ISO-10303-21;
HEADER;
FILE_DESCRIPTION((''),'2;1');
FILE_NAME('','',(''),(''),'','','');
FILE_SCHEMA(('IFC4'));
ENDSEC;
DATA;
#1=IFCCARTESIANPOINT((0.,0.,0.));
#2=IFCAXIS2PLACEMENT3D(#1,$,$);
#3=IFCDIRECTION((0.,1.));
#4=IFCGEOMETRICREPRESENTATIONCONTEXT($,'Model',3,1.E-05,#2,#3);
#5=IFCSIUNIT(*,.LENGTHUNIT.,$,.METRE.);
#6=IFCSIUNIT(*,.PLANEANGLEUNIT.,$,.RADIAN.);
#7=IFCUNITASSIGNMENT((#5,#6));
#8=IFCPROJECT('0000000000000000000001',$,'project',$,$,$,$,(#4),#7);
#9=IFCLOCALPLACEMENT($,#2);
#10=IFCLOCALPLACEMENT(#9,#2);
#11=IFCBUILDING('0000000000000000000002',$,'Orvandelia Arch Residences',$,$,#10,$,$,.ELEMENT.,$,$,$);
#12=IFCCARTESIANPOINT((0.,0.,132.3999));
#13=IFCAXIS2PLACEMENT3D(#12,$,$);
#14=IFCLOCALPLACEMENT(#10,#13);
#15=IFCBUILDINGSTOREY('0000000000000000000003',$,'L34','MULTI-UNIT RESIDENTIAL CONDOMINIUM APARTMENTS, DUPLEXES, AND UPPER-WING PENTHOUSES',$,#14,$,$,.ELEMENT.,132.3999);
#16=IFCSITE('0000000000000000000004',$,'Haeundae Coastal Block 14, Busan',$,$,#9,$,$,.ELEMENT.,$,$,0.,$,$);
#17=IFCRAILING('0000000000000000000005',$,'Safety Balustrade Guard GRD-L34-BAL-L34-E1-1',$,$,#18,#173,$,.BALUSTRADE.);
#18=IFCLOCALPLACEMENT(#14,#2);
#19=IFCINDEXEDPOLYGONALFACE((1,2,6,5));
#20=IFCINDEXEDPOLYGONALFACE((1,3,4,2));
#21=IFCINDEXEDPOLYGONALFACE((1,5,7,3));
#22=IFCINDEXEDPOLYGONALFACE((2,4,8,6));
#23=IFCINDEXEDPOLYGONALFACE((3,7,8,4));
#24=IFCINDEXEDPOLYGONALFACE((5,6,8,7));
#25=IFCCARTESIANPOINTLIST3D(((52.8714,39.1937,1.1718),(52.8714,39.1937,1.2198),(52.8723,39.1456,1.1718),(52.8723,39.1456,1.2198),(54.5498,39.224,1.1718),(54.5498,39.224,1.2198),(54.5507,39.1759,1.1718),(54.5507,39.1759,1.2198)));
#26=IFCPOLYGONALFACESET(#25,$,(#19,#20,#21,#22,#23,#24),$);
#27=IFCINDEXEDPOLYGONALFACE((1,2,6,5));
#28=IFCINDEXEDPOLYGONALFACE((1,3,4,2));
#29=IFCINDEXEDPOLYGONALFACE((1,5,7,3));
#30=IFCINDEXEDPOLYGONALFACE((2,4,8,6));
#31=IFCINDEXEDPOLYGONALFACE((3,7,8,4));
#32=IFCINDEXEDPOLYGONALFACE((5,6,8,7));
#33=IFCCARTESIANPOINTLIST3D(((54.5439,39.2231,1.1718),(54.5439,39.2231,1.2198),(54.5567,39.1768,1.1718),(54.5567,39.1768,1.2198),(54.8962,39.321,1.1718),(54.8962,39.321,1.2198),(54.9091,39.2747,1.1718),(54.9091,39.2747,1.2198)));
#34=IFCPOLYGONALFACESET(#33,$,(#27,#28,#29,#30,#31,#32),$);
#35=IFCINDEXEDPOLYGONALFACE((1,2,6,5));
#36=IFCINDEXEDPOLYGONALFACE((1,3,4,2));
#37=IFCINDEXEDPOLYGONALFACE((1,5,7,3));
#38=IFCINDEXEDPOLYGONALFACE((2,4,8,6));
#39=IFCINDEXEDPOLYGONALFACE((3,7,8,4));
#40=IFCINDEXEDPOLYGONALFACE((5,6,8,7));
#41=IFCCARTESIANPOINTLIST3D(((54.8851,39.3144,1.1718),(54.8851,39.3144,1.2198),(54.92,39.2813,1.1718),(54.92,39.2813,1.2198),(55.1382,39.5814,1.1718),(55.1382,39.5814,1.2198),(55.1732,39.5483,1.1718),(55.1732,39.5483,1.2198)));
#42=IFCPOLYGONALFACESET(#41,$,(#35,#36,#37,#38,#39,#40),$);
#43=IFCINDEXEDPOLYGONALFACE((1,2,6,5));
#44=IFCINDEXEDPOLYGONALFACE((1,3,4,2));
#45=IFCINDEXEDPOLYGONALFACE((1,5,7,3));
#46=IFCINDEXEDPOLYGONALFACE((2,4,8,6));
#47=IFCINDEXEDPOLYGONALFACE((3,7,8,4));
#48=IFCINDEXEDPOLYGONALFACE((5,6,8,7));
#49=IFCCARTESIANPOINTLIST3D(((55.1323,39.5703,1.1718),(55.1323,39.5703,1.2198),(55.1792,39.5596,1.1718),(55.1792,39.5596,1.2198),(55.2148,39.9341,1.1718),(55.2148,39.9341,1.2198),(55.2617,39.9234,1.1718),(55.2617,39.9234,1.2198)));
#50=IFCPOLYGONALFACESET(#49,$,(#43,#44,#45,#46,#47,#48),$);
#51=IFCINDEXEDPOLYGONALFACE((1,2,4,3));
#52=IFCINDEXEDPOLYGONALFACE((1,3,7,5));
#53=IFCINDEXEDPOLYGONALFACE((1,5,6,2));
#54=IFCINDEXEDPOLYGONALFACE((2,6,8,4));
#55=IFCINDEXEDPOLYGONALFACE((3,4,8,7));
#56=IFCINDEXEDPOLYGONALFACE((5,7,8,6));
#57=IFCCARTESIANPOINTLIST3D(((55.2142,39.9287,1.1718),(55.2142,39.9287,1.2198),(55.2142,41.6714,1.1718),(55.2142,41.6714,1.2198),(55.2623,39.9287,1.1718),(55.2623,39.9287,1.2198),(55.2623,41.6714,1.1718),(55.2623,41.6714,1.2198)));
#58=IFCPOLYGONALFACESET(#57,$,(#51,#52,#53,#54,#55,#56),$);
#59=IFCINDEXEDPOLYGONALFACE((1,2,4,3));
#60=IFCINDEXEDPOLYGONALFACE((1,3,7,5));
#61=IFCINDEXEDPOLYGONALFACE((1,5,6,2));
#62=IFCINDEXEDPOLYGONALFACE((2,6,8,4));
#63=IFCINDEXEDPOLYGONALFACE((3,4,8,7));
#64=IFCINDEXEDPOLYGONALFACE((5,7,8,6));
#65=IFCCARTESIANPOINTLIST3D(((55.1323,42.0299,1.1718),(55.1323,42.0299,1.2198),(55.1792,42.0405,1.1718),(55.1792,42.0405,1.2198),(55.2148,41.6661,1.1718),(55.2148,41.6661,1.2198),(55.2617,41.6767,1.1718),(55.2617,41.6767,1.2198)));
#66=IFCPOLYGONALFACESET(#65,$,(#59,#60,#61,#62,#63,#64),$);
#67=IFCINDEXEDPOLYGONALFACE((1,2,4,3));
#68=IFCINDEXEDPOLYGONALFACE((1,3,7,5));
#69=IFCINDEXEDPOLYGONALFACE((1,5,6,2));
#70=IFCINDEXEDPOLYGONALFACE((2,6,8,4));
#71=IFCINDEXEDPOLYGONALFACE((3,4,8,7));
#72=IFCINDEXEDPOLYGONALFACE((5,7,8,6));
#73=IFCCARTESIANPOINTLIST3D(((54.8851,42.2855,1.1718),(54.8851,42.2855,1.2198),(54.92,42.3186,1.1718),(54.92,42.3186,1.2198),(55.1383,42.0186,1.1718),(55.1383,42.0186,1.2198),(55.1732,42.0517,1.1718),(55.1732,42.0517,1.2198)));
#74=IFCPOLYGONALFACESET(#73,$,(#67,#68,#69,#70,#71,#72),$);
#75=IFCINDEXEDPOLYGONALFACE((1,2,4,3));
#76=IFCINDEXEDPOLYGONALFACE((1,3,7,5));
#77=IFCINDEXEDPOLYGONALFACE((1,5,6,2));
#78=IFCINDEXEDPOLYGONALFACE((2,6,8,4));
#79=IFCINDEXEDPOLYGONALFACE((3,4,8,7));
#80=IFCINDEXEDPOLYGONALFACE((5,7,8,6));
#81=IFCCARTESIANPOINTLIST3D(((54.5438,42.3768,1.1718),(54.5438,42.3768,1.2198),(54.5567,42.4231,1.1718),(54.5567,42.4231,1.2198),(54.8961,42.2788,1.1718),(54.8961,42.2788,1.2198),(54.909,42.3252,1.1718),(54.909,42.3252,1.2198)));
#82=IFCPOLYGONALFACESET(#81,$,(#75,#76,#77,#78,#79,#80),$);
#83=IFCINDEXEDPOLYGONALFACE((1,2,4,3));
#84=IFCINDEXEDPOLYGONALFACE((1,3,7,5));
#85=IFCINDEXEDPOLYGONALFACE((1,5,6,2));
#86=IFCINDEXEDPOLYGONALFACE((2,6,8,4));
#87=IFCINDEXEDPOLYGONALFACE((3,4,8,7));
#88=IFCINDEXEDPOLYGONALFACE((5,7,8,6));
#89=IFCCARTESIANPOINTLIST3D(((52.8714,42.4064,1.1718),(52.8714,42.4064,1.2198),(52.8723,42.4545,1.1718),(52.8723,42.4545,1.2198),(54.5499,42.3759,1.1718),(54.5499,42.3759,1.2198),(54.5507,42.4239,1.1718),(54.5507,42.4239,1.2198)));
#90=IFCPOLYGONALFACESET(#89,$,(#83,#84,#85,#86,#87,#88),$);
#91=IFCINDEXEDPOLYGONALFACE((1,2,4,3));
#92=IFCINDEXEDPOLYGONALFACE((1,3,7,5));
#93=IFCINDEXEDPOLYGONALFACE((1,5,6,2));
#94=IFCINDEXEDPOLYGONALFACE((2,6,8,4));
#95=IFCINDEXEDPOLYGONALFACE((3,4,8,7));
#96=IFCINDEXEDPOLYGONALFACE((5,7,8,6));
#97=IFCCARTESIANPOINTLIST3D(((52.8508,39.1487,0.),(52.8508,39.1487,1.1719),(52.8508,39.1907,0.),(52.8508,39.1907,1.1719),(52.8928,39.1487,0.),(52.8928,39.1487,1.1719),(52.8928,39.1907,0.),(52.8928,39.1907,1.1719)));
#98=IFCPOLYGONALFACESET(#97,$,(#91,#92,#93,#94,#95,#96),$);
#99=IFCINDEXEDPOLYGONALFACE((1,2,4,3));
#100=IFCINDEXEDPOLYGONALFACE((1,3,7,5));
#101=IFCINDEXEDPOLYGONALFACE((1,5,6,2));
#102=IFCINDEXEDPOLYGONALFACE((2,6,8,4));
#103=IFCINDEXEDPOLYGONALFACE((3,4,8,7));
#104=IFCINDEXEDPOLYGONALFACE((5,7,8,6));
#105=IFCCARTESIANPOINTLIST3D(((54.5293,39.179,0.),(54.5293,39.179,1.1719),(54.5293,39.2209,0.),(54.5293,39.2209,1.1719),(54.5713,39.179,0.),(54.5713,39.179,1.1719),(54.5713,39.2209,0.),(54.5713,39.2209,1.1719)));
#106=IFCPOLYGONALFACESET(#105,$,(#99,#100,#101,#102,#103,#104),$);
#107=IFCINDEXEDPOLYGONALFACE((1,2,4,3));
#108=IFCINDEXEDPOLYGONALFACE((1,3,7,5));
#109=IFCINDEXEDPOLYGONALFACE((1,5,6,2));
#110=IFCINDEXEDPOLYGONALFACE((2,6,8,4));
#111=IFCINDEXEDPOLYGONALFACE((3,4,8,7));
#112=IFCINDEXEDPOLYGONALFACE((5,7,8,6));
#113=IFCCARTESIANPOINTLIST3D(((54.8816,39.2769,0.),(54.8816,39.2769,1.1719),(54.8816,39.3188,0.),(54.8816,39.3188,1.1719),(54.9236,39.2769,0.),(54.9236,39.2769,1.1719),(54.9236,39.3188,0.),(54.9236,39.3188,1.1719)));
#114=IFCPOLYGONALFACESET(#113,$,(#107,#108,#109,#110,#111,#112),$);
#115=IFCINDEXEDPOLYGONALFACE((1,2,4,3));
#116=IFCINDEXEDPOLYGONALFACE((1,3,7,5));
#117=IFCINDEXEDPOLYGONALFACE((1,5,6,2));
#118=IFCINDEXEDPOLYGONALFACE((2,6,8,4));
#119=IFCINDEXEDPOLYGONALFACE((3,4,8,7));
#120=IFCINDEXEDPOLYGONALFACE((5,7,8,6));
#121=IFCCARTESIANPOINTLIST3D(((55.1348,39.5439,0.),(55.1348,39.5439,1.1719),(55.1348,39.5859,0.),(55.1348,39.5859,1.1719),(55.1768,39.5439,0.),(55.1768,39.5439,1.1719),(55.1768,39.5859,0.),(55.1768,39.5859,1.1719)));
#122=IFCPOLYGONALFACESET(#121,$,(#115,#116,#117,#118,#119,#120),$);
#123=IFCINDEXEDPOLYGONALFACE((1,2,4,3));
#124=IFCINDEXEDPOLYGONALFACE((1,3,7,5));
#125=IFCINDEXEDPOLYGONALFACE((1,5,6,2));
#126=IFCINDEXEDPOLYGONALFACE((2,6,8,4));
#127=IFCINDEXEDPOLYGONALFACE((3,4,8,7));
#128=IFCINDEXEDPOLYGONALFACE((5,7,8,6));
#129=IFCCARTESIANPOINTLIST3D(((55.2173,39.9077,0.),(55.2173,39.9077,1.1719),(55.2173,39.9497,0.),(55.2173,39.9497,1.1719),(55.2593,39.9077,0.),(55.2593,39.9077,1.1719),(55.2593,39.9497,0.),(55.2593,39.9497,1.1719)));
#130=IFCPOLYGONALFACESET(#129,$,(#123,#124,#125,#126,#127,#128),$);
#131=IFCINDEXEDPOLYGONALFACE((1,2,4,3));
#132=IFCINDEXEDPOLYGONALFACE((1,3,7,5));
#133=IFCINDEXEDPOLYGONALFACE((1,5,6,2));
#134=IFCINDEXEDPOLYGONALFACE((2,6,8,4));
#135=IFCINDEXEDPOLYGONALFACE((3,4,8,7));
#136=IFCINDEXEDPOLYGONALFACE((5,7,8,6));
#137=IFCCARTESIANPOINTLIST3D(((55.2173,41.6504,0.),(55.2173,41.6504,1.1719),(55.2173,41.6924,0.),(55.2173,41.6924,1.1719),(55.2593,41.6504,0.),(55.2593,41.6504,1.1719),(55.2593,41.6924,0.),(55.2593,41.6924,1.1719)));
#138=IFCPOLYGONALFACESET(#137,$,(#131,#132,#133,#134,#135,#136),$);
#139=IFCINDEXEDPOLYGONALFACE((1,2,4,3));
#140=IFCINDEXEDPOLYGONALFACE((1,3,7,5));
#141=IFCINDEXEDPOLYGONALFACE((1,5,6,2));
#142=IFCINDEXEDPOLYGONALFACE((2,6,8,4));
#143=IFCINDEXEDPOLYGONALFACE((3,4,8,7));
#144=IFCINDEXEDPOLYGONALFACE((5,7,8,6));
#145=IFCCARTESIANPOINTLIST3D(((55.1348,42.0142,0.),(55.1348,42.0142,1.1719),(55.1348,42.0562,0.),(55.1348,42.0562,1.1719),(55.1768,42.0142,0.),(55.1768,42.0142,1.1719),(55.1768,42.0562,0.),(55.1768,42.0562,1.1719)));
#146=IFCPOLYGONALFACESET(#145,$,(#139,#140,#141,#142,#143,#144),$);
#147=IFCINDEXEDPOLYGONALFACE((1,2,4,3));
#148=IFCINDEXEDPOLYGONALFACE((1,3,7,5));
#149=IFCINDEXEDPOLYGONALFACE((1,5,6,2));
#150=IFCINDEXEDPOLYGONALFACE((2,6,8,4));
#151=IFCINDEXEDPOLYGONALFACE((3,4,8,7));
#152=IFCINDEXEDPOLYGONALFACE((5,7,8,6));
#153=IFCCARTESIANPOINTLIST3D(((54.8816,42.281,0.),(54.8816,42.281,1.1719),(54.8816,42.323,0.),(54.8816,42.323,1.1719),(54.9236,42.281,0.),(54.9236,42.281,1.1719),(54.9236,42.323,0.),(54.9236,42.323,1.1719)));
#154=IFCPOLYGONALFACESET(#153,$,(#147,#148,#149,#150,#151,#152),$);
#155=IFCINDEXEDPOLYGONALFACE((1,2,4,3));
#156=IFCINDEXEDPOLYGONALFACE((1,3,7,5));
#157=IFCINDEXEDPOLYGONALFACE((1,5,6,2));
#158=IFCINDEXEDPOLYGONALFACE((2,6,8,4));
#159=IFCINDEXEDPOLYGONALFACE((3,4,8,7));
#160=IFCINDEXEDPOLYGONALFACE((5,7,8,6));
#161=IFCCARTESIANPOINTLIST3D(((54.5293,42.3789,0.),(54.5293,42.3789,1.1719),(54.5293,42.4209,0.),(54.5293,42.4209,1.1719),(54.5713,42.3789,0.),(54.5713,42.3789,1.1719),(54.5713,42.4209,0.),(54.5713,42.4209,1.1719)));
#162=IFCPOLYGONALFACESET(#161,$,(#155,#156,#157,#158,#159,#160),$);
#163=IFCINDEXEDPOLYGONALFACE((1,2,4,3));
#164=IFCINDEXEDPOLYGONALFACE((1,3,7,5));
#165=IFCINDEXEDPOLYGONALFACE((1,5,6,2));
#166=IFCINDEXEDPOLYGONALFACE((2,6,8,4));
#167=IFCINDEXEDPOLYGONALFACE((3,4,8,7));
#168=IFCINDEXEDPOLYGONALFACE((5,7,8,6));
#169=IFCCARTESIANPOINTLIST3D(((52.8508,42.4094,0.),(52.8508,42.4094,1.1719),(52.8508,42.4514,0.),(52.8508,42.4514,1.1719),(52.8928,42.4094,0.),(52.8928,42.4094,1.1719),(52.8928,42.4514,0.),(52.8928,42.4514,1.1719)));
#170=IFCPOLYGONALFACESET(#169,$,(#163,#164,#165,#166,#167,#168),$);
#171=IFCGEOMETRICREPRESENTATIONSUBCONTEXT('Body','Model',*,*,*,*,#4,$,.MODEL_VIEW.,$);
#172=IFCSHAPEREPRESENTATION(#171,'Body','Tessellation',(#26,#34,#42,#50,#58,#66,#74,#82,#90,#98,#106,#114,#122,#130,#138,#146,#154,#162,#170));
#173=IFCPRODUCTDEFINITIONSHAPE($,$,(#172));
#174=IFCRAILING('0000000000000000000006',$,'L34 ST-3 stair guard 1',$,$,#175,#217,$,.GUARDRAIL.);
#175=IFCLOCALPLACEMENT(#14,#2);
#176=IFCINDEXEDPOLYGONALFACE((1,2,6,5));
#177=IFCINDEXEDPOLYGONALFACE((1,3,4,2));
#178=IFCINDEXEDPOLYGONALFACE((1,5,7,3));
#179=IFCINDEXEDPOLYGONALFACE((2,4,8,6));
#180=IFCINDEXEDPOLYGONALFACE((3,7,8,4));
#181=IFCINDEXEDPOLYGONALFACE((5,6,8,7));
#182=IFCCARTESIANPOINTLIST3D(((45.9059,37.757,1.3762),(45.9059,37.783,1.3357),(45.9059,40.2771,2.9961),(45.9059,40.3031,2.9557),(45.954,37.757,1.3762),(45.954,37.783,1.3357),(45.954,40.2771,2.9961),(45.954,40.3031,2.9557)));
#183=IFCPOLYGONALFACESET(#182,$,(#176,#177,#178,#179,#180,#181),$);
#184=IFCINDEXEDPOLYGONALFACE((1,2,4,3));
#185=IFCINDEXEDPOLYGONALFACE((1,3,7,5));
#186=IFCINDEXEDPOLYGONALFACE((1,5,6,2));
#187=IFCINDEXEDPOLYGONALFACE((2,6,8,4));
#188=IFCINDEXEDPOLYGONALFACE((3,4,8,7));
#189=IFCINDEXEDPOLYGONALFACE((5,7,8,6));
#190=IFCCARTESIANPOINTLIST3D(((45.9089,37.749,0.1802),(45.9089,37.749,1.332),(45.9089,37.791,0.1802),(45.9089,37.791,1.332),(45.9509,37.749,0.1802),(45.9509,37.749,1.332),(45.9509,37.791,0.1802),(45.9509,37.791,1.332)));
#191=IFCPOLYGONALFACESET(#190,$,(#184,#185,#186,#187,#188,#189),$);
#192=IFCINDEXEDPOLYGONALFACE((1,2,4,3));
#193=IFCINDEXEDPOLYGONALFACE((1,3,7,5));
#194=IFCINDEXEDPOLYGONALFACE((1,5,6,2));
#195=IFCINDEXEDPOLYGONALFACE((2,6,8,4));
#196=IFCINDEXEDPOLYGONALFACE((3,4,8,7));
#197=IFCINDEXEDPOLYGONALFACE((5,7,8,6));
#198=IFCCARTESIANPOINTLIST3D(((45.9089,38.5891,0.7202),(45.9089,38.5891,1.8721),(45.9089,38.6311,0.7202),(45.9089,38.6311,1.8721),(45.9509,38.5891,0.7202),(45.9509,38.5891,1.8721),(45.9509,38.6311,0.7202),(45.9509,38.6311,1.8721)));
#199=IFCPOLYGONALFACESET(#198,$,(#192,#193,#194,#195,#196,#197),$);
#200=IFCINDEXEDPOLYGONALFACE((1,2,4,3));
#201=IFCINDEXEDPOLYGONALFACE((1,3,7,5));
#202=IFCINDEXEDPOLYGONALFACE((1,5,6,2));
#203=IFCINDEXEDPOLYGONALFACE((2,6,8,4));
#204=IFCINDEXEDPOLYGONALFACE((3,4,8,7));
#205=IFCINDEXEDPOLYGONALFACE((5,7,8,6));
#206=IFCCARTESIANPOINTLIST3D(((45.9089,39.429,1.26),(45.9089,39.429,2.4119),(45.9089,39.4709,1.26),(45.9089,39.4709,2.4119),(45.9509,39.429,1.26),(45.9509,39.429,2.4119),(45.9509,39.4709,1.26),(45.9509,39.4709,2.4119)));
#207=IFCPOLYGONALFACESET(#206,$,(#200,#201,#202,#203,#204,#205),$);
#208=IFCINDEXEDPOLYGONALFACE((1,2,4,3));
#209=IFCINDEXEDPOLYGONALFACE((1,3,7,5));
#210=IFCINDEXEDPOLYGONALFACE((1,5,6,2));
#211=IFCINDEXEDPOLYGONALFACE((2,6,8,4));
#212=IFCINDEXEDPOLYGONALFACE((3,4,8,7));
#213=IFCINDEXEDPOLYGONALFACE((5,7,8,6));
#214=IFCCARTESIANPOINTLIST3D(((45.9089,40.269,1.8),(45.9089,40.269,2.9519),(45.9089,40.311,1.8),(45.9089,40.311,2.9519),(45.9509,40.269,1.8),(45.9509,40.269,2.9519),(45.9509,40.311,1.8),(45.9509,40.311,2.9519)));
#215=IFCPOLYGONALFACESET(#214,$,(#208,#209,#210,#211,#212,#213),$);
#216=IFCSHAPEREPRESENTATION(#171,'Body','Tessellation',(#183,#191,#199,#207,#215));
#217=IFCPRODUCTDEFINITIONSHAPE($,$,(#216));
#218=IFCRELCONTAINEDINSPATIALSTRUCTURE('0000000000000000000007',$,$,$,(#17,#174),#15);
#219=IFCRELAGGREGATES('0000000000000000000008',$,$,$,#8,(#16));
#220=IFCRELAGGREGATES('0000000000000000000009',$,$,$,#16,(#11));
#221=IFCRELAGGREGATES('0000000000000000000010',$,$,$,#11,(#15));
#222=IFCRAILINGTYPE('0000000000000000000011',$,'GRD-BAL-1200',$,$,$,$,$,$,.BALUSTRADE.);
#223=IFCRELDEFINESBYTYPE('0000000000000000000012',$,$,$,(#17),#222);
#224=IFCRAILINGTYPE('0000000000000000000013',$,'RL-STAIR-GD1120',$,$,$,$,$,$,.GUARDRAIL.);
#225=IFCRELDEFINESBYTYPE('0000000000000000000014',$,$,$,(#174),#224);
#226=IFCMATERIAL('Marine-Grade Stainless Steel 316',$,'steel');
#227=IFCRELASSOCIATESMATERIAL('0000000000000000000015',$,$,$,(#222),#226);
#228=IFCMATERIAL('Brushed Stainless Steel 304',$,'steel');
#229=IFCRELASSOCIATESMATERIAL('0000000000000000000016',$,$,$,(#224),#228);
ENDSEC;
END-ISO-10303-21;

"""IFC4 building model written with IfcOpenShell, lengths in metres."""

from ifc_helpers import new_model, si_unit, direction, frame, origin, origin_2d, place, context, subcontext, project, spatial, rectangle, extrude, material, type_object, element, save


model = new_model("IFC4")

# Units and contexts
model_context = context("Model", 3, precision=1e-05, world=origin(), true_north=direction((0.0, 1.0)))
body_context = subcontext(model_context, "Body", "Model", "MODEL_VIEW")
ifc_project = project(units=[si_unit("LENGTHUNIT", "METRE"), si_unit("PLANEANGLEUNIT", "RADIAN")], contexts=[model_context])

# Site, building, storey
site_placement = place(None, origin())
site = spatial("IfcSite", under=ifc_project, at=site_placement, Name="Haeundae Coastal Block 14, Busan", CompositionType="ELEMENT", RefElevation=0.0)
building_placement = place(site_placement, origin())
building = spatial("IfcBuilding", under=site, at=building_placement, Name="Orvandelia Arch Residences", CompositionType="ELEMENT")
storey_placement = place(building_placement, frame((0.0, 0.0, 132.3999)))
storey = spatial("IfcBuildingStorey", under=building, at=storey_placement, Name="L34", Description="MULTI-UNIT RESIDENTIAL CONDOMINIUM APARTMENTS, DUPLEXES, AND UPPER-WING PENTHOUSES", CompositionType="ELEMENT", Elevation=132.3999)

# Railings
ifc_material_1 = material(Name="Marine-Grade Stainless Steel 316", Category="steel")
railing_type_1 = type_object("IfcRailingType", Name="GRD-BAL-1200", PredefinedType="BALUSTRADE", material=ifc_material_1)
railing_1_placement = place(storey_placement, frame((52.8718, 39.1697, 0.0)))
element("IfcRailing", 1, at=railing_1_placement, inside=storey, type_object=railing_type_1, Name="Safety Balustrade Guard GRD-L34-BAL-L34-E1-1", PredefinedType="BALUSTRADE", context=body_context, shape_type="SweptSolid", body=[
    extrude(rectangle(XDim=0.0481, YDim=0.0481, at=origin_2d()), frame((0.0, 0.0, 1.1958), z_axis=(0.999837, 0.018033, 0.0), x_axis=(-0.018033, 0.999837, 0.0)), (0.0, 0.0, 1.0), 1.6787),
    extrude(rectangle(XDim=0.0481, YDim=0.0481, at=origin_2d()), frame((1.6785, 0.0303, 1.1958), z_axis=(0.963489, 0.267747, 0.0), x_axis=(-0.267747, 0.963489, 0.0)), (0.0, 0.0, 1.0), 0.3657),
    extrude(rectangle(XDim=0.0481, YDim=0.0481, at=origin_2d()), frame((2.0308, 0.1282, 1.1958), z_axis=(0.687947, 0.725761, 0.0), x_axis=(-0.725761, 0.687947, 0.0)), (0.0, 0.0, 1.0), 0.3679),
    extrude(rectangle(XDim=0.0481, YDim=0.0481, at=origin_2d()), frame((2.2839, 0.3953, 1.1958), z_axis=(0.221225, 0.975223, 0.0), x_axis=(-0.975223, 0.221225, 0.0)), (0.0, 0.0, 1.0), 0.373),
    extrude(rectangle(XDim=0.0481, YDim=0.0481, at=origin_2d()), frame((2.3665, 0.759, 1.1958), z_axis=(0.0, 1.0, 0.0), x_axis=(-1.0, 0.0, 0.0)), (0.0, 0.0, 1.0), 1.7427),
    extrude(rectangle(XDim=0.0481, YDim=0.0481, at=origin_2d()), frame((2.3665, 2.5017, 1.1958), z_axis=(-0.221225, 0.975223, 0.0), x_axis=(-0.975223, -0.221225, 0.0)), (0.0, 0.0, 1.0), 0.373),
    extrude(rectangle(XDim=0.0481, YDim=0.0481, at=origin_2d()), frame((2.2839, 2.8655, 1.1958), z_axis=(-0.688278, 0.725447, 0.0), x_axis=(-0.725447, -0.688278, 0.0)), (0.0, 0.0, 1.0), 0.3679),
    extrude(rectangle(XDim=0.0481, YDim=0.0481, at=origin_2d()), frame((2.0308, 3.1323, 1.1958), z_axis=(-0.963489, 0.267747, 0.0), x_axis=(-0.267747, -0.963489, 0.0)), (0.0, 0.0, 1.0), 0.3657),
    extrude(rectangle(XDim=0.0481, YDim=0.0481, at=origin_2d()), frame((1.6785, 3.2302, 1.1958), z_axis=(-0.999835, 0.018179, 0.0), x_axis=(-0.018179, -0.999835, 0.0)), (0.0, 0.0, 1.0), 1.6787),
    extrude(rectangle(XDim=0.042, YDim=0.042, at=origin_2d()), origin(), (0.0, 0.0, 1.0), 1.1719),
    extrude(rectangle(XDim=0.042, YDim=0.042, at=origin_2d()), frame((1.6785, 0.0303, 0.0)), (0.0, 0.0, 1.0), 1.1719),
    extrude(rectangle(XDim=0.042, YDim=0.042, at=origin_2d()), frame((2.0308, 0.1282, 0.0)), (0.0, 0.0, 1.0), 1.1719),
    extrude(rectangle(XDim=0.042, YDim=0.042, at=origin_2d()), frame((2.2839, 0.3953, 0.0)), (0.0, 0.0, 1.0), 1.1719),
    extrude(rectangle(XDim=0.042, YDim=0.042, at=origin_2d()), frame((2.3665, 0.759, 0.0)), (0.0, 0.0, 1.0), 1.1719),
    extrude(rectangle(XDim=0.042, YDim=0.042, at=origin_2d()), frame((2.3665, 2.5017, 0.0)), (0.0, 0.0, 1.0), 1.1719),
    extrude(rectangle(XDim=0.042, YDim=0.042, at=origin_2d()), frame((2.2839, 2.8655, 0.0)), (0.0, 0.0, 1.0), 1.1719),
    extrude(rectangle(XDim=0.042, YDim=0.042, at=origin_2d()), frame((2.0308, 3.1323, 0.0)), (0.0, 0.0, 1.0), 1.1719),
    extrude(rectangle(XDim=0.042, YDim=0.042, at=origin_2d()), frame((1.6785, 3.2302, 0.0)), (0.0, 0.0, 1.0), 1.1719),
    extrude(rectangle(XDim=0.042, YDim=0.042, at=origin_2d()), frame((0.0, 3.2607, 0.0)), (0.0, 0.0, 1.0), 1.1719),
])
ifc_material_2 = material(Name="Brushed Stainless Steel 304", Category="steel")
railing_type_2 = type_object("IfcRailingType", Name="RL-STAIR-GD1120", PredefinedType="GUARDRAIL", material=ifc_material_2)
railing_2_placement = place(storey_placement, frame((45.9299, 37.77, 0.1802)))
element("IfcRailing", 2, at=railing_2_placement, inside=storey, type_object=railing_type_2, Name="L34 ST-3 stair guard 1", PredefinedType="GUARDRAIL", context=body_context, shape_type="SweptSolid", body=[
    extrude(rectangle(XDim=0.0481, YDim=0.0481, at=origin_2d()), frame((0.0, 0.0, 1.1758), z_axis=(0.0, 0.8412, 0.540725), x_axis=(-1.0, 0.0, 0.0)), (0.0, 0.0, 1.0), 2.9958),
    extrude(rectangle(XDim=0.042, YDim=0.042, at=origin_2d()), origin(), (0.0, 0.0, 1.0), 1.1519),
    extrude(rectangle(XDim=0.042, YDim=0.042, at=origin_2d()), frame((0.0, 0.8401, 0.54)), (0.0, 0.0, 1.0), 1.1519),
    extrude(rectangle(XDim=0.042, YDim=0.042, at=origin_2d()), frame((0.0, 1.6799, 1.0798)), (0.0, 0.0, 1.0), 1.1519),
    extrude(rectangle(XDim=0.042, YDim=0.042, at=origin_2d()), frame((0.0, 2.52, 1.6199)), (0.0, 0.0, 1.0), 1.1519),
])

save(model, "model.ifc")
